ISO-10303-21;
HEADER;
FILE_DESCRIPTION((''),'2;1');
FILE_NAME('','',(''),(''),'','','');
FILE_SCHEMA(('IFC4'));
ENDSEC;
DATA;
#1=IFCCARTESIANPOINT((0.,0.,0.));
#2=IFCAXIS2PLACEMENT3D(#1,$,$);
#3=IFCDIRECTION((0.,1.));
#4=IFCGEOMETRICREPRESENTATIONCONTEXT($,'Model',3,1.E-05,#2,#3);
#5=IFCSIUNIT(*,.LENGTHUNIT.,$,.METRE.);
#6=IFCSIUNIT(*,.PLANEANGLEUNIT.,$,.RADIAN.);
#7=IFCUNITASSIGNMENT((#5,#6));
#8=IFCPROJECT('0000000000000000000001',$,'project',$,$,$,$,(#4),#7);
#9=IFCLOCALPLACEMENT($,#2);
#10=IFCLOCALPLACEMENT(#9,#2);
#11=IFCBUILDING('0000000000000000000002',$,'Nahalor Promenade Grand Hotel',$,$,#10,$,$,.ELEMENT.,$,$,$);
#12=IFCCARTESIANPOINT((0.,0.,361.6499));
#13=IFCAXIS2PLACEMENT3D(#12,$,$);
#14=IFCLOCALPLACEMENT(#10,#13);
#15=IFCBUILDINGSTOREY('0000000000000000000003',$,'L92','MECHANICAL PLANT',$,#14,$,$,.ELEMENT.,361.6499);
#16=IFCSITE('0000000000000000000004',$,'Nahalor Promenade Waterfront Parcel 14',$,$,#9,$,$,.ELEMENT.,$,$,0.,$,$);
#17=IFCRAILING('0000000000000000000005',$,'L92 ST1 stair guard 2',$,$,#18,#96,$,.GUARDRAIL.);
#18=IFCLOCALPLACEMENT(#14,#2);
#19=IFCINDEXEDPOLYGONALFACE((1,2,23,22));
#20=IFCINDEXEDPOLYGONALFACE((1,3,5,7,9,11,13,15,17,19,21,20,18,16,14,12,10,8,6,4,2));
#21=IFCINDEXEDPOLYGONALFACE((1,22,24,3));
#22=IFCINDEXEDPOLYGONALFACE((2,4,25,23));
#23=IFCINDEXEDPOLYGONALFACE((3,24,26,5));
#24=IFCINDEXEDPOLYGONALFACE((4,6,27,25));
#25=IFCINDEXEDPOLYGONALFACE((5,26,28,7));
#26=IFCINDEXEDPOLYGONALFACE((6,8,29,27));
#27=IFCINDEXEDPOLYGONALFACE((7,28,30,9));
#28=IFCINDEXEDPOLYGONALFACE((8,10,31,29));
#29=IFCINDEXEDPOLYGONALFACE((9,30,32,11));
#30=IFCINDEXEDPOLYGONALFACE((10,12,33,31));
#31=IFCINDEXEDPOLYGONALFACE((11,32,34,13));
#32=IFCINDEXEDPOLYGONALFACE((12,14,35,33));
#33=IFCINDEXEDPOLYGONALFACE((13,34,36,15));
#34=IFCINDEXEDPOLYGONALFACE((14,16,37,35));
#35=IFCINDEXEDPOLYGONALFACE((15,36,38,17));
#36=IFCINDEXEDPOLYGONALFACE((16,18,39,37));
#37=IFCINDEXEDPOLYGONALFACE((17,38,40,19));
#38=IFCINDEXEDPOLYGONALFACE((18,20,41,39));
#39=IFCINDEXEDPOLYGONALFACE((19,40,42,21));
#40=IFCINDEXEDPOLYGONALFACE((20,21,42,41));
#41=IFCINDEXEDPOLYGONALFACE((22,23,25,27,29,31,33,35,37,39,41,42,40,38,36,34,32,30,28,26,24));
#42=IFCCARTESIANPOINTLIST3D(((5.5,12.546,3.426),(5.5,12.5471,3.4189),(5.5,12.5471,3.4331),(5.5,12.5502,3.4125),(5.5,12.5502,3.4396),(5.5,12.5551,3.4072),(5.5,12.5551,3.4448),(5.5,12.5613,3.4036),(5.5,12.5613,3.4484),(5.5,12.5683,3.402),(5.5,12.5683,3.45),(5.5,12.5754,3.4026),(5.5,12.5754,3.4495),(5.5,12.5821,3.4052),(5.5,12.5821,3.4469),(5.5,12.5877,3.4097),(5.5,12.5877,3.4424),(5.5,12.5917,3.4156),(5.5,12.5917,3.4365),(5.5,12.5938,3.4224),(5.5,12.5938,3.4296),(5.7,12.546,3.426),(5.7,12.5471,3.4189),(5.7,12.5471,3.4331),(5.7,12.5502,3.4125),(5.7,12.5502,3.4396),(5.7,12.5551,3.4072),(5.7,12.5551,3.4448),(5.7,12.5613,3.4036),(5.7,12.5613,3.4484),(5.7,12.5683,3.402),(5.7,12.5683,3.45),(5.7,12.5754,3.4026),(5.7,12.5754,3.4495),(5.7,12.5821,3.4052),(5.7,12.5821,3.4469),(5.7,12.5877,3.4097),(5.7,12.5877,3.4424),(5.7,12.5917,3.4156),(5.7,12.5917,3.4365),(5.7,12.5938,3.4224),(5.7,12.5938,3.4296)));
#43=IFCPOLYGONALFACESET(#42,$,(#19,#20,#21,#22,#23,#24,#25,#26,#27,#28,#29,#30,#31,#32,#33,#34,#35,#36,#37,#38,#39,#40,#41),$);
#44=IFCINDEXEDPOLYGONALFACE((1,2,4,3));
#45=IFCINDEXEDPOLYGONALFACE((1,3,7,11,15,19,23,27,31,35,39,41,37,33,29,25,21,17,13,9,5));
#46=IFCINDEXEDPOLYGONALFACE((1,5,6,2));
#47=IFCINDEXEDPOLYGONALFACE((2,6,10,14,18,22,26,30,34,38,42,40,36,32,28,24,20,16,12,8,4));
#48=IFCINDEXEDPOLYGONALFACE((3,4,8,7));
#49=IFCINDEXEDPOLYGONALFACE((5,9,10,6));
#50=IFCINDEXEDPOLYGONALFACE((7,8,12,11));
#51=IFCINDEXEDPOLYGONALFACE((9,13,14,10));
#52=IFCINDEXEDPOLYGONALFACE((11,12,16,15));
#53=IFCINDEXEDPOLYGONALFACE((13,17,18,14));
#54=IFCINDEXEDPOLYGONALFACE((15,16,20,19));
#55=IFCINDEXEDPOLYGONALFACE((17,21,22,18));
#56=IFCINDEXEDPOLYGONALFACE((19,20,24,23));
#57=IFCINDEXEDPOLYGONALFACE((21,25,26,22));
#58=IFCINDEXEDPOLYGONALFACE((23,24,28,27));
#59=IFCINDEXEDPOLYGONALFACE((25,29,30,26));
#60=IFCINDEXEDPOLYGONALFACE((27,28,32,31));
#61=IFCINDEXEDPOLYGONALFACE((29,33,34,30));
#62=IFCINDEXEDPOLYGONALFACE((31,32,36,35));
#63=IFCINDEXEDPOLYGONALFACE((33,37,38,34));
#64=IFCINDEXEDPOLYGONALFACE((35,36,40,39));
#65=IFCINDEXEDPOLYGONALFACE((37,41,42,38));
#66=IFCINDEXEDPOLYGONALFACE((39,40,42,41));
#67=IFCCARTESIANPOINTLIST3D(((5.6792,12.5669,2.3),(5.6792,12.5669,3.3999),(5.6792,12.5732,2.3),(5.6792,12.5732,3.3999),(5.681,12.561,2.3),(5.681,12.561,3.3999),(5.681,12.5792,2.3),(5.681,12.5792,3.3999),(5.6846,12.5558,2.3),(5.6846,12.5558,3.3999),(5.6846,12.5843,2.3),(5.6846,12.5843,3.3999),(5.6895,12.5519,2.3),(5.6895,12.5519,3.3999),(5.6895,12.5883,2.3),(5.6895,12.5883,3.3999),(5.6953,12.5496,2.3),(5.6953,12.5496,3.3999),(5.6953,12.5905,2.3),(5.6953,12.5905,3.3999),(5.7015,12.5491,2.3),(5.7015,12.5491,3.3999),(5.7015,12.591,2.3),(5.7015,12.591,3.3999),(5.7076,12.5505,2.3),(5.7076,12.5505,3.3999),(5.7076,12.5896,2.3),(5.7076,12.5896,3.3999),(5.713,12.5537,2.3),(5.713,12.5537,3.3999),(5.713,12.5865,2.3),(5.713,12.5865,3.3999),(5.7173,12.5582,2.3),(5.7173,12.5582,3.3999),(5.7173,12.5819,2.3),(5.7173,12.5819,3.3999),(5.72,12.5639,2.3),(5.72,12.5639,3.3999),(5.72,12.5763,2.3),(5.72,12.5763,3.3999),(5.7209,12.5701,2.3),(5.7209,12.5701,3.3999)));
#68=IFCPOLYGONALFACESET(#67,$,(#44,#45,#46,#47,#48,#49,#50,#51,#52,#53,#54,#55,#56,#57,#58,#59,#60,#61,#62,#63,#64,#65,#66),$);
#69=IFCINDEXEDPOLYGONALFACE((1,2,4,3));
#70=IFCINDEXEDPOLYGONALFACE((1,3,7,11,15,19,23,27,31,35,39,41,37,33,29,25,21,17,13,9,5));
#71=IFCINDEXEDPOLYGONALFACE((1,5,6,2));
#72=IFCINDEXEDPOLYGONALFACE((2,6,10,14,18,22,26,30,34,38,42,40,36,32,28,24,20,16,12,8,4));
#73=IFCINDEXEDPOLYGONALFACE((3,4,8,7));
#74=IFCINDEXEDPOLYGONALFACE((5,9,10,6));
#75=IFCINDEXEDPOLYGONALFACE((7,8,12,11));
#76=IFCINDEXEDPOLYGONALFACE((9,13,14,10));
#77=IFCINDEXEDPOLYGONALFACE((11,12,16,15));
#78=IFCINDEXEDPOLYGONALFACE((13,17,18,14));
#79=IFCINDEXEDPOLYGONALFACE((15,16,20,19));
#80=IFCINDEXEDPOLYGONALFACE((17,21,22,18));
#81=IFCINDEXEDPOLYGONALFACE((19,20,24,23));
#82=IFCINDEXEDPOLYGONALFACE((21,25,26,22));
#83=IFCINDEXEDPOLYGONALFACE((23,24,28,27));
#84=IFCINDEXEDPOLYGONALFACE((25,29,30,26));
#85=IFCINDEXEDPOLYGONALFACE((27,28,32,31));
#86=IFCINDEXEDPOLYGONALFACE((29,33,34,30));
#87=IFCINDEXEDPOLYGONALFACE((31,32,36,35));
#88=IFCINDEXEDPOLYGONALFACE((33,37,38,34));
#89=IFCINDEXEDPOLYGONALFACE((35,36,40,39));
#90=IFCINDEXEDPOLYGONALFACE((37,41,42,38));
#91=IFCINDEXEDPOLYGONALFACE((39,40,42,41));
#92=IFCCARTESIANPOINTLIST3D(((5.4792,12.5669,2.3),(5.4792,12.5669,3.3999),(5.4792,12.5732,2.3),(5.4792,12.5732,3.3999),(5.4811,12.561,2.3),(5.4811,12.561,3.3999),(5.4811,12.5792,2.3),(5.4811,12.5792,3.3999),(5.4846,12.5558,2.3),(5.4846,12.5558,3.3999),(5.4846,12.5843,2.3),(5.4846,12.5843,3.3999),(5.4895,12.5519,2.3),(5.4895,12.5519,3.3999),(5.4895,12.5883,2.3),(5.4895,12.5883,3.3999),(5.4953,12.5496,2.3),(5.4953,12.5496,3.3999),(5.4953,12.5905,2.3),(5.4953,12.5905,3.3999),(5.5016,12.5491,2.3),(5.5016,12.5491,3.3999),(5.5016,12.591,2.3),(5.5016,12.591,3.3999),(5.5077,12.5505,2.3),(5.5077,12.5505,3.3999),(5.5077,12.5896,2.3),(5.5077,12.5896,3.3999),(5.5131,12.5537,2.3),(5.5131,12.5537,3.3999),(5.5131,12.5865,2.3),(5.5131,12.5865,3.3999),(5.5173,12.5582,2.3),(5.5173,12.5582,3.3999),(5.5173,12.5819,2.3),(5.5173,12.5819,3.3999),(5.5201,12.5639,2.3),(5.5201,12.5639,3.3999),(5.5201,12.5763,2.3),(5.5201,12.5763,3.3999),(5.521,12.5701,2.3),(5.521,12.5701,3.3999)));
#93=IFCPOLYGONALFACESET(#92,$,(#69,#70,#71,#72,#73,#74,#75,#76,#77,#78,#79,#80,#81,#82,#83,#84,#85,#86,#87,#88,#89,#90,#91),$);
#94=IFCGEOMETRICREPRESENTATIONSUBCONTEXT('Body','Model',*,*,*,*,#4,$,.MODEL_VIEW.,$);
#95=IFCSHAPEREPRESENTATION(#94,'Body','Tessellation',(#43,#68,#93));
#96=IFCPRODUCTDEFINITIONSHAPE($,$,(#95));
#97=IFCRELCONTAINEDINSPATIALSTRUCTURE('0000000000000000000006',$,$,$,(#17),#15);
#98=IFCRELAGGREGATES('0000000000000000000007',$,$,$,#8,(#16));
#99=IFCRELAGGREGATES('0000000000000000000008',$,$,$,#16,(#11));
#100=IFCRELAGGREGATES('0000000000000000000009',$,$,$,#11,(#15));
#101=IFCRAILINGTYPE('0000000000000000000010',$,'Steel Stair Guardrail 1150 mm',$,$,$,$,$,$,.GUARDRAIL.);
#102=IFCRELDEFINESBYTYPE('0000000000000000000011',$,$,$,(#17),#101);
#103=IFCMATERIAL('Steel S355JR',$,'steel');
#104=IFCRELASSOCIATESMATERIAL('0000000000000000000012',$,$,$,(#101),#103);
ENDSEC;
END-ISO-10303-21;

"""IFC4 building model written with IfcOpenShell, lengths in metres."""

from ifc_helpers import new_model, si_unit, direction, frame, origin, origin_2d, place, context, subcontext, project, spatial, circle, extrude, material, type_object, element, save


model = new_model("IFC4")

# Units and contexts
model_context = context("Model", 3, precision=1e-05, world=origin(), true_north=direction((0.0, 1.0)))
body_context = subcontext(model_context, "Body", "Model", "MODEL_VIEW")
ifc_project = project(units=[si_unit("LENGTHUNIT", "METRE"), si_unit("PLANEANGLEUNIT", "RADIAN")], contexts=[model_context])

# Site, building, storey
site_placement = place(None, origin())
site = spatial("IfcSite", under=ifc_project, at=site_placement, Name="Nahalor Promenade Waterfront Parcel 14", CompositionType="ELEMENT", RefElevation=0.0)
building_placement = place(site_placement, origin())
building = spatial("IfcBuilding", under=site, at=building_placement, Name="Nahalor Promenade Grand Hotel", CompositionType="ELEMENT")
storey_placement = place(building_placement, frame((0.0, 0.0, 361.6499)))
storey = spatial("IfcBuildingStorey", under=building, at=storey_placement, Name="L92", Description="MECHANICAL PLANT", CompositionType="ELEMENT", Elevation=361.6499)

# Shared definitions
ifc_material_1 = material(Name="Steel S355JR", Category="steel")

# Railing
railing_type_1 = type_object("IfcRailingType", Name="Steel Stair Guardrail 1150 mm", PredefinedType="GUARDRAIL", material=ifc_material_1)
railing_1_placement = place(storey_placement, frame((5.7, 12.5701, 2.3)))
element("IfcRailing", 1, at=railing_1_placement, inside=storey, type_object=railing_type_1, Name="L92 ST1 stair guard 2", PredefinedType="GUARDRAIL", context=body_context, shape_type="SweptSolid", body=[
    extrude(circle(Radius=0.024, at=origin_2d()), frame((0.0, 0.0, 1.126), z_axis=(-1.0, 0.0, 0.0), x_axis=(0.0, -1.0, 0.0)), (0.0, 0.0, 1.0), 0.2),
    extrude(circle(Radius=0.021, at=origin_2d()), origin(), (0.0, 0.0, 1.0), 1.0999),
    extrude(circle(Radius=0.021, at=origin_2d()), frame((-0.2, 0.0, 0.0)), (0.0, 0.0, 1.0), 1.0999),
])

save(model, "model.ifc")
